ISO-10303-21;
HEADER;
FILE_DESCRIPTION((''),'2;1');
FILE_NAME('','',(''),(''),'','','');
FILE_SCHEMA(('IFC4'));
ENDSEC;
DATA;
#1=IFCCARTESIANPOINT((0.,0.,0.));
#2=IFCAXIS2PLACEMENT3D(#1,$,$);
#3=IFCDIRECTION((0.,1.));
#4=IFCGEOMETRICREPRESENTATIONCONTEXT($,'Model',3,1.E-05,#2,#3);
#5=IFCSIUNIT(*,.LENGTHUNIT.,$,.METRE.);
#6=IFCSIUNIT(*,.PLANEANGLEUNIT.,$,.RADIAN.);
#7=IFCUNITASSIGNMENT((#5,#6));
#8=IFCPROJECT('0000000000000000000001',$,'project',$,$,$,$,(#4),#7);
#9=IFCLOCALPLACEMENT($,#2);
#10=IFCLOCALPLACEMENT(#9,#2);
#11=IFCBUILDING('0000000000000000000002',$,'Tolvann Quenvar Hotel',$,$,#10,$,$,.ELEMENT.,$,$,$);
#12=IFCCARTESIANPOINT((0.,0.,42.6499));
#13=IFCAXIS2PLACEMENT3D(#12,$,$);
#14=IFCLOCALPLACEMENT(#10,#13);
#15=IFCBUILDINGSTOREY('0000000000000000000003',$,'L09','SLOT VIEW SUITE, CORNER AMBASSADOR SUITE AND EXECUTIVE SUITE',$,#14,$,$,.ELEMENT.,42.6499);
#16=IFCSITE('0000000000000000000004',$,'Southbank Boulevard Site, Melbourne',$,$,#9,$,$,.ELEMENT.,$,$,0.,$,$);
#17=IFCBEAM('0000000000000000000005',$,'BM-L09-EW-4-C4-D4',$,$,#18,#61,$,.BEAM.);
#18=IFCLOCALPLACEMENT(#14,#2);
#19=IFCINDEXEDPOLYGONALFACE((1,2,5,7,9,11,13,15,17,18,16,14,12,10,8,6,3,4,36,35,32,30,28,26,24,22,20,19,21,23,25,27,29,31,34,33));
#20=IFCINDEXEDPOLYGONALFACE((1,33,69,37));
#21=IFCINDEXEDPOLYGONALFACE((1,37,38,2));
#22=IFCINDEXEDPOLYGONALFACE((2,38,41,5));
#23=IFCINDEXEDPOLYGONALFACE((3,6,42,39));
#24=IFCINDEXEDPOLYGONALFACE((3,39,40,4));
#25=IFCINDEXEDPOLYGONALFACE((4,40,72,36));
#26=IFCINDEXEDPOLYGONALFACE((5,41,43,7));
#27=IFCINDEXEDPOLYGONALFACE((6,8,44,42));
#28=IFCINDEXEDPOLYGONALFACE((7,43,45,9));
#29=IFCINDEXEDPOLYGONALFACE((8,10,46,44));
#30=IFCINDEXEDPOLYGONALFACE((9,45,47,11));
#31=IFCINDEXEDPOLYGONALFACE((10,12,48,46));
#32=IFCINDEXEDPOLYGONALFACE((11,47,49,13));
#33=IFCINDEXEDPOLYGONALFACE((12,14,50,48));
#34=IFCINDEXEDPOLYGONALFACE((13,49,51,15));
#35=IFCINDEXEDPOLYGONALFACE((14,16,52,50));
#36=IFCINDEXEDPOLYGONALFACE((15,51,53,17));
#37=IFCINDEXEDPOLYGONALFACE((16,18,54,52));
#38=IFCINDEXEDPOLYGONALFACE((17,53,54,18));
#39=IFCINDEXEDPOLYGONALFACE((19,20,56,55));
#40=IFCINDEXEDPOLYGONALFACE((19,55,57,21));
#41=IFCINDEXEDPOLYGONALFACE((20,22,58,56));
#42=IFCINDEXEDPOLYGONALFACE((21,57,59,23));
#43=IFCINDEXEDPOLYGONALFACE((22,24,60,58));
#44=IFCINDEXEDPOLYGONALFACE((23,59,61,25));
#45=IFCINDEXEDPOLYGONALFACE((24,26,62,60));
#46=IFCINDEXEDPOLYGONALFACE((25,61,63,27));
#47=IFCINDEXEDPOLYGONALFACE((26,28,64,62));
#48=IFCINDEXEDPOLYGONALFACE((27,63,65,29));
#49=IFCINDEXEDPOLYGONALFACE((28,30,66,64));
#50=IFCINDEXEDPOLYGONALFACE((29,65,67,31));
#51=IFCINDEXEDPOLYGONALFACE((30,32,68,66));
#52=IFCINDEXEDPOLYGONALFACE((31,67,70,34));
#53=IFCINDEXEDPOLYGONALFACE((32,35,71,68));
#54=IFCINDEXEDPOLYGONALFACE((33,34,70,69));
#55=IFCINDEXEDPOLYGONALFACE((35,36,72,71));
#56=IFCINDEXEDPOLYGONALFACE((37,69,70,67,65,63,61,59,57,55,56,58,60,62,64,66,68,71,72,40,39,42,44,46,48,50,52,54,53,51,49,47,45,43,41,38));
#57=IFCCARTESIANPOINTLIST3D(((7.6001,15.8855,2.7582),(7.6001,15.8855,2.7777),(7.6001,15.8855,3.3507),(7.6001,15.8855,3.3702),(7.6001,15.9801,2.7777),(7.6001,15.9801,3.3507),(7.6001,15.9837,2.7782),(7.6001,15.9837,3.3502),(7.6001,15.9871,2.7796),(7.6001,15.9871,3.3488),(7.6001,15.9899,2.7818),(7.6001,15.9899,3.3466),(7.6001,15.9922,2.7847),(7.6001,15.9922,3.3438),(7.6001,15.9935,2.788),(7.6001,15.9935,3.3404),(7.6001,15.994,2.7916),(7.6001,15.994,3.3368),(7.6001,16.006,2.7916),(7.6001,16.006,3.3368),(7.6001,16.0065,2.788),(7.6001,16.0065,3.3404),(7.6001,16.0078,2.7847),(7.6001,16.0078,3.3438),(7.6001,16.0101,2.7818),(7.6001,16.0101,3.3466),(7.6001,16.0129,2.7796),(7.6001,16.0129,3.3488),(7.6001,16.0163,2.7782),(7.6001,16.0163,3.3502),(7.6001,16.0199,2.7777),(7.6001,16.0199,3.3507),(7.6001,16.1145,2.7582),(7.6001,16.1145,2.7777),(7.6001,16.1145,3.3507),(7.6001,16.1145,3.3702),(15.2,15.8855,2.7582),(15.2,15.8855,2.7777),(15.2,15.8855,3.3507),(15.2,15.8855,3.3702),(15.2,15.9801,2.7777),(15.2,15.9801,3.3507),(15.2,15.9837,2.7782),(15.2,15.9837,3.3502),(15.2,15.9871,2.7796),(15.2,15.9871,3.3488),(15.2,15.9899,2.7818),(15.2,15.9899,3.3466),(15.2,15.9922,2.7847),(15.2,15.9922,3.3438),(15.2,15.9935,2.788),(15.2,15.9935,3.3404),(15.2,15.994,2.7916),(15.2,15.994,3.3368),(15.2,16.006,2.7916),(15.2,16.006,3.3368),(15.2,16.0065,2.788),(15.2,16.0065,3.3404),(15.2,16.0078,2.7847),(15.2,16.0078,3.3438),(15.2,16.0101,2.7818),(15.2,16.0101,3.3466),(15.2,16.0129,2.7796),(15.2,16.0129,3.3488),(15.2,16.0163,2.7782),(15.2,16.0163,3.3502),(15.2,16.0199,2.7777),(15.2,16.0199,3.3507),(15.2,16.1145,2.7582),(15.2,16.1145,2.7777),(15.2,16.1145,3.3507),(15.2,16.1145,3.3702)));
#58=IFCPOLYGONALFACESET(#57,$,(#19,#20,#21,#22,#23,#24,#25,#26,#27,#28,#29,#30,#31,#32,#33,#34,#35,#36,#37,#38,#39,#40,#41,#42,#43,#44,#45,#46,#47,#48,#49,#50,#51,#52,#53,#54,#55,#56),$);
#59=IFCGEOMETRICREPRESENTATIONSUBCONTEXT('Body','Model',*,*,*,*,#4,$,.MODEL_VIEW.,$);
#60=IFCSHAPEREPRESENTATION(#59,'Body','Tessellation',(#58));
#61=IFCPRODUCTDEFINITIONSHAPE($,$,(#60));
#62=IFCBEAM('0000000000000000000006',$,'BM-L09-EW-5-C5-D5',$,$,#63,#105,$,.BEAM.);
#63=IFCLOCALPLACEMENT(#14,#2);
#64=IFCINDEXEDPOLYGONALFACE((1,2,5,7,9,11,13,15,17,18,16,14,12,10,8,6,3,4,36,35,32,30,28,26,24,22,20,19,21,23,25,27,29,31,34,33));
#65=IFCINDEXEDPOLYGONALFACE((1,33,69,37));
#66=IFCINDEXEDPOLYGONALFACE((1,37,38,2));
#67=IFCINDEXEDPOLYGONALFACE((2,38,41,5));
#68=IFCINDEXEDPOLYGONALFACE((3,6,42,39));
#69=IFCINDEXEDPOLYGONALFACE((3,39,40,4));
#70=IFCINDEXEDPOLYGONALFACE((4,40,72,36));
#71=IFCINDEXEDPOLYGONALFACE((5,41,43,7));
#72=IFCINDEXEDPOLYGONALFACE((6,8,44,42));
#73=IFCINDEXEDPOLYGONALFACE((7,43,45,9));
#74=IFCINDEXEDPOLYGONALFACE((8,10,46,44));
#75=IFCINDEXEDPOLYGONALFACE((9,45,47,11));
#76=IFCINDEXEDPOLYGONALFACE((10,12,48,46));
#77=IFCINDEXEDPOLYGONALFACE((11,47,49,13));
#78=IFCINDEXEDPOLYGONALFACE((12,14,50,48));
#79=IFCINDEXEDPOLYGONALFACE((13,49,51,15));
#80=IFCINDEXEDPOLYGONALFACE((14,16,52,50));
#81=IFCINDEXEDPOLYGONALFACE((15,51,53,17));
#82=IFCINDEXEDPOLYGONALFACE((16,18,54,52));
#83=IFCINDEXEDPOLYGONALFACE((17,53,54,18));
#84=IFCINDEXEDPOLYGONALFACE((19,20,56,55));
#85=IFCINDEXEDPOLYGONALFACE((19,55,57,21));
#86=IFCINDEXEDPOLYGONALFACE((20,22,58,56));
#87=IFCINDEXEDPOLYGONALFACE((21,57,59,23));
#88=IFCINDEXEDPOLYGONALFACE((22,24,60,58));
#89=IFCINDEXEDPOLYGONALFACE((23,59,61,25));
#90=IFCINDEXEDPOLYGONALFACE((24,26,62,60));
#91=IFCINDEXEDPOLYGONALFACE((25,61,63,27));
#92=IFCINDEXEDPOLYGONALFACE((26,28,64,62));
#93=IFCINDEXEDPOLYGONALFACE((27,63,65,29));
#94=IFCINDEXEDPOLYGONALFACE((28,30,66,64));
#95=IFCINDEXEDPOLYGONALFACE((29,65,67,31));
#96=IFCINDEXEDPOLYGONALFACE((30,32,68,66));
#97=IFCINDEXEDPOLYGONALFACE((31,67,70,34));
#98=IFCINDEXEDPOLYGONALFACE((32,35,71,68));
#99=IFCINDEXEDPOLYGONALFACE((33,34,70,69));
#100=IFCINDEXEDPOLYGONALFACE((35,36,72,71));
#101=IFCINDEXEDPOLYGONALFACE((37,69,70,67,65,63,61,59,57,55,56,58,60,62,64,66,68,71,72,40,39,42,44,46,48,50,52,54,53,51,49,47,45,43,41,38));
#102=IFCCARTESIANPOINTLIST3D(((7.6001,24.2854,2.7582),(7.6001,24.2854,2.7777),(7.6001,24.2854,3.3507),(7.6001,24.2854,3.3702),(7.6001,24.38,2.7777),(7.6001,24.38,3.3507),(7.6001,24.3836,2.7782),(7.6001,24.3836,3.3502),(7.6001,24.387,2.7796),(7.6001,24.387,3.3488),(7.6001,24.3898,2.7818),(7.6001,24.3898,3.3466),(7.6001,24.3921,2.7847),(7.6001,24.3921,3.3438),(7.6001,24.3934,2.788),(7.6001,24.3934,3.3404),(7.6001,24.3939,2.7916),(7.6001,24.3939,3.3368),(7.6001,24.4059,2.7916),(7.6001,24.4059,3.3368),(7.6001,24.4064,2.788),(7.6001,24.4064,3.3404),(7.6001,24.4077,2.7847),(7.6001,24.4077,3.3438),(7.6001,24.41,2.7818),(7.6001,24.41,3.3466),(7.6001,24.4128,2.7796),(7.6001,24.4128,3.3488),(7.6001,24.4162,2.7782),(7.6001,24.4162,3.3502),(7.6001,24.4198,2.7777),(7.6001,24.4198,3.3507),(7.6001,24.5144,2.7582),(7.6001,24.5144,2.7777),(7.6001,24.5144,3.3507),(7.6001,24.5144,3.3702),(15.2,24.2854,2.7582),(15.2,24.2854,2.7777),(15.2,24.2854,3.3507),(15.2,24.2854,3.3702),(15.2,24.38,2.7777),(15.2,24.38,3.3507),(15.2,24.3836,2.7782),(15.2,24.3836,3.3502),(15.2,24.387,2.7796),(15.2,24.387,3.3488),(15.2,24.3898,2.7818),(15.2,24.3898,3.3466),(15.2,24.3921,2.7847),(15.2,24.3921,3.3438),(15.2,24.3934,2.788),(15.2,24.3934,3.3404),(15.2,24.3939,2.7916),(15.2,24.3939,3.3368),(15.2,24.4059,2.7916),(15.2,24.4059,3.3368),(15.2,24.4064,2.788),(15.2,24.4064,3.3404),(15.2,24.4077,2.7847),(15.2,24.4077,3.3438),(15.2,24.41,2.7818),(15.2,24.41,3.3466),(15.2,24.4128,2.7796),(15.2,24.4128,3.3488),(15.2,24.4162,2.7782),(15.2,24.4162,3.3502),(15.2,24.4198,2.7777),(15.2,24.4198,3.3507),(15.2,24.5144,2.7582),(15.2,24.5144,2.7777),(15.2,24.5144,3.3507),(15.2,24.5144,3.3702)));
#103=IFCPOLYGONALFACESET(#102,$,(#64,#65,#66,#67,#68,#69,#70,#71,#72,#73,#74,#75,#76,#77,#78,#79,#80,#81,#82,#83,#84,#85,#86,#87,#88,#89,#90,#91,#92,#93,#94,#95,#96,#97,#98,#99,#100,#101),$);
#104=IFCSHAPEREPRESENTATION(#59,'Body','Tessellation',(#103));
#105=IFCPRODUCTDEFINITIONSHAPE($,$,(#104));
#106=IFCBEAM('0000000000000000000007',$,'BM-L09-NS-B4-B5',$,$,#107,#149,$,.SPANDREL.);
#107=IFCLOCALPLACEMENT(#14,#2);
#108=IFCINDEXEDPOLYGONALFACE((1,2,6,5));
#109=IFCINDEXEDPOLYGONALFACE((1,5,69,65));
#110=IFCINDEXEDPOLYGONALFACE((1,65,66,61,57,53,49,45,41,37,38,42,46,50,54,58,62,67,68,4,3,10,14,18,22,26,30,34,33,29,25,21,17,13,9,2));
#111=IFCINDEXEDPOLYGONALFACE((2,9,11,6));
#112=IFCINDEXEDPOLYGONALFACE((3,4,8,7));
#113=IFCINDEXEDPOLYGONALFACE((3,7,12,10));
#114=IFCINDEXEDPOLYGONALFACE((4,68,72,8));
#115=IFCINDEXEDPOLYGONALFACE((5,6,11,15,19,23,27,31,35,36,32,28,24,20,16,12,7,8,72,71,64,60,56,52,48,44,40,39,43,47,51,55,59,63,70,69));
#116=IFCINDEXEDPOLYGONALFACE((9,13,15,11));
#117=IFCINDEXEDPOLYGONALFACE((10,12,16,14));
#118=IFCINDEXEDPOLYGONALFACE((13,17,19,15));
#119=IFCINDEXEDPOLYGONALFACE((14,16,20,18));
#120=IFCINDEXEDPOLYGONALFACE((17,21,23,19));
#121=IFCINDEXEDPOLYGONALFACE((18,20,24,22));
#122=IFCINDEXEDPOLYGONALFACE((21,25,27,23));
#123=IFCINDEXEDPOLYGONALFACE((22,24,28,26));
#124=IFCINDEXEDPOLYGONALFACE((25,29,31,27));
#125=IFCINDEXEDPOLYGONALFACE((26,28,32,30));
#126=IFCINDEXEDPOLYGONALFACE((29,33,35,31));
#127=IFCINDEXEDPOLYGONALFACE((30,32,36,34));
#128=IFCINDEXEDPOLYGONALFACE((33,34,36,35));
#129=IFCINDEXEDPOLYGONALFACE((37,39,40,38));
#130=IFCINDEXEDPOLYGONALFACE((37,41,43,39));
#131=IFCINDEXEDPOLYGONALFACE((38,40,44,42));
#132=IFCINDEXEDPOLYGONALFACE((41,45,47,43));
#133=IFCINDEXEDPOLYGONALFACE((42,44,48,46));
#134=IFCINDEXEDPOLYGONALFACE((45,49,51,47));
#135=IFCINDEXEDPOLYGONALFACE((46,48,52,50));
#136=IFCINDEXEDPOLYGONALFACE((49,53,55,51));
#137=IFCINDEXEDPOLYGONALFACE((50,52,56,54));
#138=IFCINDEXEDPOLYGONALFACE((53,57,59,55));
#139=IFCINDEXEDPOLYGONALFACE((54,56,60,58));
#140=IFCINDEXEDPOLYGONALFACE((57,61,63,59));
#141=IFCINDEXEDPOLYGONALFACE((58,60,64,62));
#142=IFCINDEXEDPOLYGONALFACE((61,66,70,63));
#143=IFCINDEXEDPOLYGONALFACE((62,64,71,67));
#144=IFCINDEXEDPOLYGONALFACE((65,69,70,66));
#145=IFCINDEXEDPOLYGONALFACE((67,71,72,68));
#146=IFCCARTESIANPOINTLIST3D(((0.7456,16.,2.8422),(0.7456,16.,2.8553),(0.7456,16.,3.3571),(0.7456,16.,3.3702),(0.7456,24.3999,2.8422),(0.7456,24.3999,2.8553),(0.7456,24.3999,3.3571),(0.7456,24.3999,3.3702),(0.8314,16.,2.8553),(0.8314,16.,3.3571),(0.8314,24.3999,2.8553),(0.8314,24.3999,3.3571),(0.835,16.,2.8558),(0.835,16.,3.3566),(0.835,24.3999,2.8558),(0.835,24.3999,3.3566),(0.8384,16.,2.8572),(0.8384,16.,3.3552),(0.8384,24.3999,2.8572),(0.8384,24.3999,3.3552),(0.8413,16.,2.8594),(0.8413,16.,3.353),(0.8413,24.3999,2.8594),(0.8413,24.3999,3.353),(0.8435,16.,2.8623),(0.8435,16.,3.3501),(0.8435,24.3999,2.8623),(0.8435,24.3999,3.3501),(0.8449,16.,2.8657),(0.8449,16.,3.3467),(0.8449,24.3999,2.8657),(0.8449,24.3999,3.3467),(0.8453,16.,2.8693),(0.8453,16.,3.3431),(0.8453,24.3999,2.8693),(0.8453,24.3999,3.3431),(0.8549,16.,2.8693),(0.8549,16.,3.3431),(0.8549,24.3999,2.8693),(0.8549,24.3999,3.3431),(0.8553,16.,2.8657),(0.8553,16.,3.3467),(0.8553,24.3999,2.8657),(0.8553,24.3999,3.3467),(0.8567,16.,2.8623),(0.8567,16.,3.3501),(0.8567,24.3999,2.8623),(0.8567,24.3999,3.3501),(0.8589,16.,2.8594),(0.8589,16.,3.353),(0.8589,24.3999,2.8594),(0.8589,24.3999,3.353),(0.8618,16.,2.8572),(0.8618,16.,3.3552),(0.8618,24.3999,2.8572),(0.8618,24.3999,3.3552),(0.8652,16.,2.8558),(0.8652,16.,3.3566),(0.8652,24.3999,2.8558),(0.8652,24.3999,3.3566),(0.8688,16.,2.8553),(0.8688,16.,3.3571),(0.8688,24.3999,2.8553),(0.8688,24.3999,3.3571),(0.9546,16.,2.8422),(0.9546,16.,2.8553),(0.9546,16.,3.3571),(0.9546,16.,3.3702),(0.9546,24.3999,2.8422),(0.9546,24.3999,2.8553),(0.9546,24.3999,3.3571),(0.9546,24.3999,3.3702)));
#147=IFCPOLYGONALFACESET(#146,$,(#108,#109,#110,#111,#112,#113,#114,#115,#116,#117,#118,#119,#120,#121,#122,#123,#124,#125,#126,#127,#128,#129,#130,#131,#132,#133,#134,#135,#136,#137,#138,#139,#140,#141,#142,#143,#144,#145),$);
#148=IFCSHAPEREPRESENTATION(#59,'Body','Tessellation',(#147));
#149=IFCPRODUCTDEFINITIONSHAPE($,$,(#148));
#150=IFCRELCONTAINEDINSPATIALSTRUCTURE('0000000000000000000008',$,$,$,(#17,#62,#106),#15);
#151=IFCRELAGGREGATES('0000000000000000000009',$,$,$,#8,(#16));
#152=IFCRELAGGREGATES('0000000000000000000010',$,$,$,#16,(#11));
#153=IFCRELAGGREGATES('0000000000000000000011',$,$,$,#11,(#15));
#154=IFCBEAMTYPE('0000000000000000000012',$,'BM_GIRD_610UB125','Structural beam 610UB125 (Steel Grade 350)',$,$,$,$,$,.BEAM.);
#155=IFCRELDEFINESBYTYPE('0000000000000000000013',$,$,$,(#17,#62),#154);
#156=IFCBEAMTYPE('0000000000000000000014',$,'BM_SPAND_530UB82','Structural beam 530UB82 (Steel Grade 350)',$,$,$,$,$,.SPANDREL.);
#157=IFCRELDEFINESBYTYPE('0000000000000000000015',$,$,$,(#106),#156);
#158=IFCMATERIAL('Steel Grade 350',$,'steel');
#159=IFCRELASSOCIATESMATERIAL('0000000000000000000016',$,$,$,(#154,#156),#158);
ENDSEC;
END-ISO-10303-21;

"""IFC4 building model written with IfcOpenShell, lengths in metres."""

from ifc_helpers import new_model, si_unit, direction, frame, origin, origin_2d, place, context, subcontext, project, spatial, i_section, extrude, source, transform, mapped, material, material_profile, profile_set, type_object, element, save


model = new_model("IFC4")

# Units and contexts
model_context = context("Model", 3, precision=1e-05, world=origin(), true_north=direction((0.0, 1.0)))
body_context = subcontext(model_context, "Body", "Model", "MODEL_VIEW")
ifc_project = project(units=[si_unit("LENGTHUNIT", "METRE"), si_unit("PLANEANGLEUNIT", "RADIAN")], contexts=[model_context])

# Site, building, storey
site_placement = place(None, origin())
site = spatial("IfcSite", under=ifc_project, at=site_placement, Name="Southbank Boulevard Site, Melbourne", CompositionType="ELEMENT", RefElevation=0.0)
building_placement = place(site_placement, origin())
building = spatial("IfcBuilding", under=site, at=building_placement, Name="Tolvann Quenvar Hotel", CompositionType="ELEMENT")
storey_placement = place(building_placement, frame((0.0, 0.0, 42.6499)))
storey = spatial("IfcBuildingStorey", under=building, at=storey_placement, Name="L09", Description="SLOT VIEW SUITE, CORNER AMBASSADOR SUITE AND EXECUTIVE SUITE", CompositionType="ELEMENT", Elevation=42.6499)

# Shared definitions
ifc_material_1 = material(Name="Steel Grade 350", Category="steel")

# Beams
ifc_material_profile_1 = material_profile(ifc_material_1, i_section(OverallWidth=0.229, OverallDepth=0.6121, WebThickness=0.012, FlangeThickness=0.0195, FilletRadius=0.0139, at=origin_2d()), Name="610UB125")
ifc_profile_set_1 = profile_set([ifc_material_profile_1], Name="Steel Grade 350")
beam_type_1 = type_object("IfcBeamType", Name="BM_GIRD_610UB125", Description="Structural beam 610UB125 (Steel Grade 350)", PredefinedType="BEAM", material=ifc_profile_set_1)
shared_shape_1 = source(origin(), body_context, "Body", "SweptSolid", [
    extrude(i_section(OverallWidth=0.229, OverallDepth=0.6121, WebThickness=0.012, FlangeThickness=0.0195, FilletRadius=0.0139, at=origin_2d()), origin(), (0.0, 0.0, 1.0), 7.5999),
])
for number, where, z_axis, x_axis, name in (
    (1, (7.6001, 16.0, 3.0642), (1.0, 0.0, 0.0), (0.0, 1.0, 0.0), "BM-L09-EW-4-C4-D4"),
    (2, (7.6001, 24.3999, 3.0642), (1.0, 0.0, 0.0), (0.0, 1.0, 0.0), "BM-L09-EW-5-C5-D5"),
):
    element("IfcBeam", number, at=place(storey_placement, frame(where, z_axis=z_axis, x_axis=x_axis)), inside=storey, type_object=beam_type_1, Name=name, PredefinedType="BEAM", context=body_context, shape_type="MappedRepresentation", body=[
        mapped(shared_shape_1, transform((0.0, 0.0, 0.0), x_axis=(1.0, 0.0, 0.0), y_axis=(0.0, 1.0, 0.0), z_axis=(0.0, 0.0, 1.0), scale=1.0)),
    ])
ifc_material_profile_2 = material_profile(ifc_material_1, i_section(OverallWidth=0.209, OverallDepth=0.5281, WebThickness=0.0095, FlangeThickness=0.0132, FilletRadius=0.0139, at=origin_2d()), Name="530UB82")
ifc_profile_set_2 = profile_set([ifc_material_profile_2], Name="Steel Grade 350")
beam_type_2 = type_object("IfcBeamType", Name="BM_SPAND_530UB82", Description="Structural beam 530UB82 (Steel Grade 350)", PredefinedType="SPANDREL", material=ifc_profile_set_2)
shared_shape_2 = source(origin(), body_context, "Body", "SweptSolid", [
    extrude(i_section(OverallWidth=0.209, OverallDepth=0.5281, WebThickness=0.0095, FlangeThickness=0.0132, FilletRadius=0.0139, at=origin_2d()), origin(), (0.0, 0.0, 1.0), 8.3999),
])
beam_1_placement = place(storey_placement, frame((0.8501, 16.0, 3.1062), z_axis=(0.0, 1.0, 0.0), x_axis=(-1.0, 0.0, 0.0)))
element("IfcBeam", 3, at=beam_1_placement, inside=storey, type_object=beam_type_2, Name="BM-L09-NS-B4-B5", PredefinedType="SPANDREL", context=body_context, shape_type="MappedRepresentation", body=[
    mapped(shared_shape_2, transform((0.0, 0.0, 0.0), x_axis=(1.0, 0.0, 0.0), y_axis=(0.0, 1.0, 0.0), z_axis=(0.0, 0.0, 1.0), scale=1.0)),
])

save(model, "model.ifc")
